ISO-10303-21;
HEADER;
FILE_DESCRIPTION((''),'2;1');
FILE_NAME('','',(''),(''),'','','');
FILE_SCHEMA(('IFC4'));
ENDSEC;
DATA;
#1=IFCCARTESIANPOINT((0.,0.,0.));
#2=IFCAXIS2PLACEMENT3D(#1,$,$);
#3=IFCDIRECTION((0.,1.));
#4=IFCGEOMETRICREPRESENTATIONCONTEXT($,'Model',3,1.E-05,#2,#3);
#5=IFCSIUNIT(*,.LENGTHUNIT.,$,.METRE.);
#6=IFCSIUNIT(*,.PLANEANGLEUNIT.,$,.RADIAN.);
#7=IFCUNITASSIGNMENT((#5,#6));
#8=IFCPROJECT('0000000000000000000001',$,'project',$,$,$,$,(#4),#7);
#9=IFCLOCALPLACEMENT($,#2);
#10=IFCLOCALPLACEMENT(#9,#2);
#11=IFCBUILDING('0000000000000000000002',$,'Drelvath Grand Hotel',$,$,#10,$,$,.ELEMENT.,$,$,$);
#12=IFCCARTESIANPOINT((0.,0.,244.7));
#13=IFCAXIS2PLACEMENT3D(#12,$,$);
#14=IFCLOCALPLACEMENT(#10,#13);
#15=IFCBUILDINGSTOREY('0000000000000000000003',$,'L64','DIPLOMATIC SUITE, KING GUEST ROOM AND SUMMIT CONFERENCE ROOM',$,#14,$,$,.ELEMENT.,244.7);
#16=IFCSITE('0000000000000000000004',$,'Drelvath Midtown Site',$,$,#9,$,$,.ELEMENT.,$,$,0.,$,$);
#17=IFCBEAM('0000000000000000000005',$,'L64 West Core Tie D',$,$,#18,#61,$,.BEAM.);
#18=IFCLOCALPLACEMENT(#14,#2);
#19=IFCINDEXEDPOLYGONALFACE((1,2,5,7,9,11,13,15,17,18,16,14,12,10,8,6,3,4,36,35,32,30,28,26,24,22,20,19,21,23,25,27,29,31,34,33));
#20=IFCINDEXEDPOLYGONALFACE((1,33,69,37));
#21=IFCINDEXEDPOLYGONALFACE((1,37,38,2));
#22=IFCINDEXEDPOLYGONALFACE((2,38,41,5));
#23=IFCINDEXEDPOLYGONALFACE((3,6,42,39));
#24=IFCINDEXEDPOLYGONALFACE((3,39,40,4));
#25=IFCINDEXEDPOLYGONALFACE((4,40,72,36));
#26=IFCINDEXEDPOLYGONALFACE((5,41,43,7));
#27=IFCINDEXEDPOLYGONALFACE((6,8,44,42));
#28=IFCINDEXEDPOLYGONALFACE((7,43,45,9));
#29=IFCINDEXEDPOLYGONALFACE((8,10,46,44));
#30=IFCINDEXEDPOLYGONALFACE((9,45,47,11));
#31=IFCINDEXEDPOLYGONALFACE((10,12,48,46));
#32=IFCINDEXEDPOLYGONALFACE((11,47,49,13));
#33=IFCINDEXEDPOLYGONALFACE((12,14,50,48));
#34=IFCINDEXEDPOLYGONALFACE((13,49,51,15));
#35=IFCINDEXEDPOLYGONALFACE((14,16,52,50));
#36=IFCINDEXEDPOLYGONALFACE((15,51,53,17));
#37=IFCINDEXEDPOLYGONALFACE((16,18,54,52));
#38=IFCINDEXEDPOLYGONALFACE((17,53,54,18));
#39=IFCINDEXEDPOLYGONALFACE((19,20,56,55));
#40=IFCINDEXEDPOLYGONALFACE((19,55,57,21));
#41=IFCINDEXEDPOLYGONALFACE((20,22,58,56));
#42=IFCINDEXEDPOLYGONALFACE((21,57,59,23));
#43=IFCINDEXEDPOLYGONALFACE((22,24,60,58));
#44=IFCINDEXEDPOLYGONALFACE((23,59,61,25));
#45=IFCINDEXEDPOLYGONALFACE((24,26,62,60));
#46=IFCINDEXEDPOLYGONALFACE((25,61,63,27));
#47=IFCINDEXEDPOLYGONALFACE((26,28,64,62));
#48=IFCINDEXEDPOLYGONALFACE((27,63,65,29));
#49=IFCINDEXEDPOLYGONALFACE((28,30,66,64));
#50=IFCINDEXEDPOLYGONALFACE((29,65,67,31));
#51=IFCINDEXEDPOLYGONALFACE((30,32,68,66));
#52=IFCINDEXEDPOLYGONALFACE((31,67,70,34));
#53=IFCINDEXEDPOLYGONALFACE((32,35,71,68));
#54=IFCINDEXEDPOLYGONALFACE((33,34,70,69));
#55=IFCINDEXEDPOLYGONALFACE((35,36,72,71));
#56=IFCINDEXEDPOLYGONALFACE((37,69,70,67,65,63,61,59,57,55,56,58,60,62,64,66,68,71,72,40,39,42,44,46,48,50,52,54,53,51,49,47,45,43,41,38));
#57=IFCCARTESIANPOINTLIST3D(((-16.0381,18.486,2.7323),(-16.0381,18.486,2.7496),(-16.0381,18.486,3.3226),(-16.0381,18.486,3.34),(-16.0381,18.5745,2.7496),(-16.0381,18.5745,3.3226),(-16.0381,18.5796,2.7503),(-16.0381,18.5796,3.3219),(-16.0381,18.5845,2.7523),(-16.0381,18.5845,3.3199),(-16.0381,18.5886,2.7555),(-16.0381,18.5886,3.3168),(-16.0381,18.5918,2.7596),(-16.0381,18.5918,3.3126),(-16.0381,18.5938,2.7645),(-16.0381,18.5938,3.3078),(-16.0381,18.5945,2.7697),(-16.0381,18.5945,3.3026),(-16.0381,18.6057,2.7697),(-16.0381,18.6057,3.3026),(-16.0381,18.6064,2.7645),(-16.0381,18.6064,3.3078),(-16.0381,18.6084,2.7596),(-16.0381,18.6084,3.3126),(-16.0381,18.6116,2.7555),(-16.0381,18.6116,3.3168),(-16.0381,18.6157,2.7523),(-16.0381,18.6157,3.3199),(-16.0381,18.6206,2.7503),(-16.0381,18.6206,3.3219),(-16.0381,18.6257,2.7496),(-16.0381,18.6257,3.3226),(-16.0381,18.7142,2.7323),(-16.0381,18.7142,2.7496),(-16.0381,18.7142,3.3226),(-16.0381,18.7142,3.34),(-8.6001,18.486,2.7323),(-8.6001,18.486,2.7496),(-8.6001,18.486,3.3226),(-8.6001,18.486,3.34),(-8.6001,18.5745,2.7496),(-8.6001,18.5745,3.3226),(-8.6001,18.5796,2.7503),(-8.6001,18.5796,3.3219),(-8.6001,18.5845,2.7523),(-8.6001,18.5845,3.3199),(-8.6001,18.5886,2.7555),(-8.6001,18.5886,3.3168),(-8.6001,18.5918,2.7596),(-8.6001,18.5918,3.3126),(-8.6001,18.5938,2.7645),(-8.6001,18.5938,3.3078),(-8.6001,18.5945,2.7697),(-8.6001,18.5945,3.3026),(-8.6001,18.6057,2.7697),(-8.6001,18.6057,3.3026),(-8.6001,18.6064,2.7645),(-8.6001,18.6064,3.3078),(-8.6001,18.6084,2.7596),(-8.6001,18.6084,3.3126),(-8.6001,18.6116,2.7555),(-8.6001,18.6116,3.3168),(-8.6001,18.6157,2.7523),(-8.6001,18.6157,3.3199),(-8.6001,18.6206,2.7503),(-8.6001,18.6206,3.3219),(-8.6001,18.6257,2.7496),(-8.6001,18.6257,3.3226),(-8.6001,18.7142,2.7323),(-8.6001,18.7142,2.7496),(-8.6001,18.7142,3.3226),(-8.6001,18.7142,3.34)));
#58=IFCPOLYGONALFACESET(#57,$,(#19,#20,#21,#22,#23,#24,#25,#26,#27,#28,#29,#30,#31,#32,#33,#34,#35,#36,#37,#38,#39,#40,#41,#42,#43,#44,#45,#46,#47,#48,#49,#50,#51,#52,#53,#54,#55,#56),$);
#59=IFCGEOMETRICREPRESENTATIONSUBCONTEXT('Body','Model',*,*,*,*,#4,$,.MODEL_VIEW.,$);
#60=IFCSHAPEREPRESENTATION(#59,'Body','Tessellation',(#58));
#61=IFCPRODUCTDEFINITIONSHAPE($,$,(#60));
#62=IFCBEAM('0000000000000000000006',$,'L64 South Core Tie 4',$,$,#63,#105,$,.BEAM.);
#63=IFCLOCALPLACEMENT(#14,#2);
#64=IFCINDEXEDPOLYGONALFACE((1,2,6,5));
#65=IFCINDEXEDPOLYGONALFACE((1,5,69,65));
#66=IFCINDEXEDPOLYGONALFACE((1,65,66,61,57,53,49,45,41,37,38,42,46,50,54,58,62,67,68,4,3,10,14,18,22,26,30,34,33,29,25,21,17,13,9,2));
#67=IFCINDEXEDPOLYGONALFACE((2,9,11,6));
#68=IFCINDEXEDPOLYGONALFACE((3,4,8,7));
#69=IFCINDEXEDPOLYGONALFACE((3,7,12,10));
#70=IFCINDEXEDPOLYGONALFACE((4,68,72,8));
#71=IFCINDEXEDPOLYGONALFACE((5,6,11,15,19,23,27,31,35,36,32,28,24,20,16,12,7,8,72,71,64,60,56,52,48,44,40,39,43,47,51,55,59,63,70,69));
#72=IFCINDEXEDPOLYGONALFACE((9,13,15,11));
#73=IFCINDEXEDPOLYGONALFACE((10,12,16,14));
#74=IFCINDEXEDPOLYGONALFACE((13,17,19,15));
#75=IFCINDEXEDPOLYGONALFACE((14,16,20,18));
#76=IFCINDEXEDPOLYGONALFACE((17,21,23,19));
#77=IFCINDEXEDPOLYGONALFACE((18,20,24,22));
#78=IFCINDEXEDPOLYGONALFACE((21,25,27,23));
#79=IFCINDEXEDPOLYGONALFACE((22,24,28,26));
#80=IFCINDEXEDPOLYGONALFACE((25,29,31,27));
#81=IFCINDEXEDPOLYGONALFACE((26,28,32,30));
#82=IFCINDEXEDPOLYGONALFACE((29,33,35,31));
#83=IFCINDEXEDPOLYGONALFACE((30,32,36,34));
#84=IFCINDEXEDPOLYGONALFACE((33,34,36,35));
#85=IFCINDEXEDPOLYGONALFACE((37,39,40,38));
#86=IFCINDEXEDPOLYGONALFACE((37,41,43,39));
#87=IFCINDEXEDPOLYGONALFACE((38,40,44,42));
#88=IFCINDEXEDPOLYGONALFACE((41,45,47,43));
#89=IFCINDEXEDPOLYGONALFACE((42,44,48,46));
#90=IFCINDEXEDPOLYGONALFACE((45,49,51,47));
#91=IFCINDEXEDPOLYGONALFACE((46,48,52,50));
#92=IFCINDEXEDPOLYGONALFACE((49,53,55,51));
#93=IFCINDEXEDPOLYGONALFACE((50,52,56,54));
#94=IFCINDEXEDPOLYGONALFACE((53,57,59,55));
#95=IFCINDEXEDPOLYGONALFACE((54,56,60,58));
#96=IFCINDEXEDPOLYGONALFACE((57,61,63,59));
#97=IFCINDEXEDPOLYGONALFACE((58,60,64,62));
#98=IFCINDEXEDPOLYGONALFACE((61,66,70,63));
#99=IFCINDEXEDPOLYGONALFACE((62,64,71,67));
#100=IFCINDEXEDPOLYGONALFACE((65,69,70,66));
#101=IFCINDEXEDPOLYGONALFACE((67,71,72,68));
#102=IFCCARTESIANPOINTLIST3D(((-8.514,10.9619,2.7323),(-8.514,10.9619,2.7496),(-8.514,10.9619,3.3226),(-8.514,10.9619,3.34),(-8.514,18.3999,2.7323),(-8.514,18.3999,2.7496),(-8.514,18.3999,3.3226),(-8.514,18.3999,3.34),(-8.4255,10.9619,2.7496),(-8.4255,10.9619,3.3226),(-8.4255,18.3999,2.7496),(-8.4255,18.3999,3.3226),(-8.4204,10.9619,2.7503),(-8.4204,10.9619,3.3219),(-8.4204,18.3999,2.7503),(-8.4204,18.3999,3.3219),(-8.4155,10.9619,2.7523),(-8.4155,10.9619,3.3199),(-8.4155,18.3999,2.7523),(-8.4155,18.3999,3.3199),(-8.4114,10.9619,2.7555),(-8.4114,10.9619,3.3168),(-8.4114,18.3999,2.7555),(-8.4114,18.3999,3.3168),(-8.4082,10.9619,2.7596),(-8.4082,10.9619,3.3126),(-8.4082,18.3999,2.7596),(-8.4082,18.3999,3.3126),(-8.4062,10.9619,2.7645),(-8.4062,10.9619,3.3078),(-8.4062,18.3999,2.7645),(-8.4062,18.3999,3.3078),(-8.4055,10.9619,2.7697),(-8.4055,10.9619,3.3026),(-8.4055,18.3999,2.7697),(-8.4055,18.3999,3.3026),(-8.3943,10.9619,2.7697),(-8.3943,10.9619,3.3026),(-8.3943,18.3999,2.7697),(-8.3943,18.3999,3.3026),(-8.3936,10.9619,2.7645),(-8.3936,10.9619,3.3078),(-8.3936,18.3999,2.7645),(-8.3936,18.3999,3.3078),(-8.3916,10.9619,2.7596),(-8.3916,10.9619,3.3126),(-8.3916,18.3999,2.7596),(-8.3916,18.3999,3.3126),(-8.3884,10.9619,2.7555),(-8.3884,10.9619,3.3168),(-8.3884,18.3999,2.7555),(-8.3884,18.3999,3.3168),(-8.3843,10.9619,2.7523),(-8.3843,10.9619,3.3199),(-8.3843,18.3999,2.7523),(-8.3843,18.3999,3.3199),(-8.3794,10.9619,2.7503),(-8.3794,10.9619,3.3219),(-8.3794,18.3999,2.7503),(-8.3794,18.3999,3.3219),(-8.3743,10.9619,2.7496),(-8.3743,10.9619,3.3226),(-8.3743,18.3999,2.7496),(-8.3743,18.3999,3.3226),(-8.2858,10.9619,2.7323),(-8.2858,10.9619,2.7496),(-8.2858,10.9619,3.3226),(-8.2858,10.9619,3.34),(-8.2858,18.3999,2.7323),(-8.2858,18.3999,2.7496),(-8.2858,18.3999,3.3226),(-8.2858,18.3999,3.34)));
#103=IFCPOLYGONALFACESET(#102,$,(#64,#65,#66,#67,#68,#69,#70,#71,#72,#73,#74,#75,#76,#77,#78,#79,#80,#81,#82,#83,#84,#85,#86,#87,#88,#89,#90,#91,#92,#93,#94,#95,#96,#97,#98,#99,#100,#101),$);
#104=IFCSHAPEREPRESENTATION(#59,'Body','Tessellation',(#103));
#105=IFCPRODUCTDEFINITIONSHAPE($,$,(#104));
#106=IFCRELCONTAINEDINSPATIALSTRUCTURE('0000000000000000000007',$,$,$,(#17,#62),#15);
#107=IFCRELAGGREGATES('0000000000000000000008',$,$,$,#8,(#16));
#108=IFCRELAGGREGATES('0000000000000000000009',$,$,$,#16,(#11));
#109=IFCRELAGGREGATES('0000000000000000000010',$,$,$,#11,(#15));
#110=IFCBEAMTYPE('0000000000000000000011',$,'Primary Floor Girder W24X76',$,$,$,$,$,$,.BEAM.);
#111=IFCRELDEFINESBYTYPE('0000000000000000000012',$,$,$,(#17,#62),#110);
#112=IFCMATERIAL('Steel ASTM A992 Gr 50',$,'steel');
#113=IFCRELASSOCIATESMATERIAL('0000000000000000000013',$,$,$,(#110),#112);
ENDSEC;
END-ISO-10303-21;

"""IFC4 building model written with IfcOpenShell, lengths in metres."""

from ifc_helpers import new_model, si_unit, direction, frame, origin, origin_2d, place, context, subcontext, project, spatial, i_section, extrude, material, material_profile, profile_set, type_object, element, save


model = new_model("IFC4")

# Units and contexts
model_context = context("Model", 3, precision=1e-05, world=origin(), true_north=direction((0.0, 1.0)))
body_context = subcontext(model_context, "Body", "Model", "MODEL_VIEW")
ifc_project = project(units=[si_unit("LENGTHUNIT", "METRE"), si_unit("PLANEANGLEUNIT", "RADIAN")], contexts=[model_context])

# Site, building, storey
site_placement = place(None, origin())
site = spatial("IfcSite", under=ifc_project, at=site_placement, Name="Drelvath Midtown Site", CompositionType="ELEMENT", RefElevation=0.0)
building_placement = place(site_placement, origin())
building = spatial("IfcBuilding", under=site, at=building_placement, Name="Drelvath Grand Hotel", CompositionType="ELEMENT")
storey_placement = place(building_placement, frame((0.0, 0.0, 244.7)))
storey = spatial("IfcBuildingStorey", under=building, at=storey_placement, Name="L64", Description="DIPLOMATIC SUITE, KING GUEST ROOM AND SUMMIT CONFERENCE ROOM", CompositionType="ELEMENT", Elevation=244.7)

# Beams
ifc_material_1 = material(Name="Steel ASTM A992 Gr 50", Category="steel")
ifc_material_profile = material_profile(ifc_material_1, i_section(OverallWidth=0.2283, OverallDepth=0.6077, WebThickness=0.0112, FlangeThickness=0.0173, FilletRadius=0.02, at=origin_2d()), Name="W24X76")
ifc_profile_set = profile_set([ifc_material_profile], Name="Steel ASTM A992 Gr 50")
beam_type = type_object("IfcBeamType", Name="Primary Floor Girder W24X76", PredefinedType="BEAM", material=ifc_profile_set)
for number, where, z_axis, x_axis, name in (
    (1, (-16.0381, 18.6001, 3.0361), (1.0, 0.0, 0.0), (0.0, 1.0, 0.0), "L64 West Core Tie D"),
    (2, (-8.3999, 10.9619, 3.0361), (0.0, 1.0, 0.0), (-1.0, 0.0, 0.0), "L64 South Core Tie 4"),
):
    element("IfcBeam", number, at=place(storey_placement, frame(where, z_axis=z_axis, x_axis=x_axis)), inside=storey, type_object=beam_type, Name=name, PredefinedType="BEAM", context=body_context, shape_type="SweptSolid", body=[
        extrude(i_section(OverallWidth=0.2283, OverallDepth=0.6077, WebThickness=0.0112, FlangeThickness=0.0173, FilletRadius=0.02, at=origin_2d()), origin(), (0.0, 0.0, 1.0), 7.438),
    ])

save(model, "model.ifc")
